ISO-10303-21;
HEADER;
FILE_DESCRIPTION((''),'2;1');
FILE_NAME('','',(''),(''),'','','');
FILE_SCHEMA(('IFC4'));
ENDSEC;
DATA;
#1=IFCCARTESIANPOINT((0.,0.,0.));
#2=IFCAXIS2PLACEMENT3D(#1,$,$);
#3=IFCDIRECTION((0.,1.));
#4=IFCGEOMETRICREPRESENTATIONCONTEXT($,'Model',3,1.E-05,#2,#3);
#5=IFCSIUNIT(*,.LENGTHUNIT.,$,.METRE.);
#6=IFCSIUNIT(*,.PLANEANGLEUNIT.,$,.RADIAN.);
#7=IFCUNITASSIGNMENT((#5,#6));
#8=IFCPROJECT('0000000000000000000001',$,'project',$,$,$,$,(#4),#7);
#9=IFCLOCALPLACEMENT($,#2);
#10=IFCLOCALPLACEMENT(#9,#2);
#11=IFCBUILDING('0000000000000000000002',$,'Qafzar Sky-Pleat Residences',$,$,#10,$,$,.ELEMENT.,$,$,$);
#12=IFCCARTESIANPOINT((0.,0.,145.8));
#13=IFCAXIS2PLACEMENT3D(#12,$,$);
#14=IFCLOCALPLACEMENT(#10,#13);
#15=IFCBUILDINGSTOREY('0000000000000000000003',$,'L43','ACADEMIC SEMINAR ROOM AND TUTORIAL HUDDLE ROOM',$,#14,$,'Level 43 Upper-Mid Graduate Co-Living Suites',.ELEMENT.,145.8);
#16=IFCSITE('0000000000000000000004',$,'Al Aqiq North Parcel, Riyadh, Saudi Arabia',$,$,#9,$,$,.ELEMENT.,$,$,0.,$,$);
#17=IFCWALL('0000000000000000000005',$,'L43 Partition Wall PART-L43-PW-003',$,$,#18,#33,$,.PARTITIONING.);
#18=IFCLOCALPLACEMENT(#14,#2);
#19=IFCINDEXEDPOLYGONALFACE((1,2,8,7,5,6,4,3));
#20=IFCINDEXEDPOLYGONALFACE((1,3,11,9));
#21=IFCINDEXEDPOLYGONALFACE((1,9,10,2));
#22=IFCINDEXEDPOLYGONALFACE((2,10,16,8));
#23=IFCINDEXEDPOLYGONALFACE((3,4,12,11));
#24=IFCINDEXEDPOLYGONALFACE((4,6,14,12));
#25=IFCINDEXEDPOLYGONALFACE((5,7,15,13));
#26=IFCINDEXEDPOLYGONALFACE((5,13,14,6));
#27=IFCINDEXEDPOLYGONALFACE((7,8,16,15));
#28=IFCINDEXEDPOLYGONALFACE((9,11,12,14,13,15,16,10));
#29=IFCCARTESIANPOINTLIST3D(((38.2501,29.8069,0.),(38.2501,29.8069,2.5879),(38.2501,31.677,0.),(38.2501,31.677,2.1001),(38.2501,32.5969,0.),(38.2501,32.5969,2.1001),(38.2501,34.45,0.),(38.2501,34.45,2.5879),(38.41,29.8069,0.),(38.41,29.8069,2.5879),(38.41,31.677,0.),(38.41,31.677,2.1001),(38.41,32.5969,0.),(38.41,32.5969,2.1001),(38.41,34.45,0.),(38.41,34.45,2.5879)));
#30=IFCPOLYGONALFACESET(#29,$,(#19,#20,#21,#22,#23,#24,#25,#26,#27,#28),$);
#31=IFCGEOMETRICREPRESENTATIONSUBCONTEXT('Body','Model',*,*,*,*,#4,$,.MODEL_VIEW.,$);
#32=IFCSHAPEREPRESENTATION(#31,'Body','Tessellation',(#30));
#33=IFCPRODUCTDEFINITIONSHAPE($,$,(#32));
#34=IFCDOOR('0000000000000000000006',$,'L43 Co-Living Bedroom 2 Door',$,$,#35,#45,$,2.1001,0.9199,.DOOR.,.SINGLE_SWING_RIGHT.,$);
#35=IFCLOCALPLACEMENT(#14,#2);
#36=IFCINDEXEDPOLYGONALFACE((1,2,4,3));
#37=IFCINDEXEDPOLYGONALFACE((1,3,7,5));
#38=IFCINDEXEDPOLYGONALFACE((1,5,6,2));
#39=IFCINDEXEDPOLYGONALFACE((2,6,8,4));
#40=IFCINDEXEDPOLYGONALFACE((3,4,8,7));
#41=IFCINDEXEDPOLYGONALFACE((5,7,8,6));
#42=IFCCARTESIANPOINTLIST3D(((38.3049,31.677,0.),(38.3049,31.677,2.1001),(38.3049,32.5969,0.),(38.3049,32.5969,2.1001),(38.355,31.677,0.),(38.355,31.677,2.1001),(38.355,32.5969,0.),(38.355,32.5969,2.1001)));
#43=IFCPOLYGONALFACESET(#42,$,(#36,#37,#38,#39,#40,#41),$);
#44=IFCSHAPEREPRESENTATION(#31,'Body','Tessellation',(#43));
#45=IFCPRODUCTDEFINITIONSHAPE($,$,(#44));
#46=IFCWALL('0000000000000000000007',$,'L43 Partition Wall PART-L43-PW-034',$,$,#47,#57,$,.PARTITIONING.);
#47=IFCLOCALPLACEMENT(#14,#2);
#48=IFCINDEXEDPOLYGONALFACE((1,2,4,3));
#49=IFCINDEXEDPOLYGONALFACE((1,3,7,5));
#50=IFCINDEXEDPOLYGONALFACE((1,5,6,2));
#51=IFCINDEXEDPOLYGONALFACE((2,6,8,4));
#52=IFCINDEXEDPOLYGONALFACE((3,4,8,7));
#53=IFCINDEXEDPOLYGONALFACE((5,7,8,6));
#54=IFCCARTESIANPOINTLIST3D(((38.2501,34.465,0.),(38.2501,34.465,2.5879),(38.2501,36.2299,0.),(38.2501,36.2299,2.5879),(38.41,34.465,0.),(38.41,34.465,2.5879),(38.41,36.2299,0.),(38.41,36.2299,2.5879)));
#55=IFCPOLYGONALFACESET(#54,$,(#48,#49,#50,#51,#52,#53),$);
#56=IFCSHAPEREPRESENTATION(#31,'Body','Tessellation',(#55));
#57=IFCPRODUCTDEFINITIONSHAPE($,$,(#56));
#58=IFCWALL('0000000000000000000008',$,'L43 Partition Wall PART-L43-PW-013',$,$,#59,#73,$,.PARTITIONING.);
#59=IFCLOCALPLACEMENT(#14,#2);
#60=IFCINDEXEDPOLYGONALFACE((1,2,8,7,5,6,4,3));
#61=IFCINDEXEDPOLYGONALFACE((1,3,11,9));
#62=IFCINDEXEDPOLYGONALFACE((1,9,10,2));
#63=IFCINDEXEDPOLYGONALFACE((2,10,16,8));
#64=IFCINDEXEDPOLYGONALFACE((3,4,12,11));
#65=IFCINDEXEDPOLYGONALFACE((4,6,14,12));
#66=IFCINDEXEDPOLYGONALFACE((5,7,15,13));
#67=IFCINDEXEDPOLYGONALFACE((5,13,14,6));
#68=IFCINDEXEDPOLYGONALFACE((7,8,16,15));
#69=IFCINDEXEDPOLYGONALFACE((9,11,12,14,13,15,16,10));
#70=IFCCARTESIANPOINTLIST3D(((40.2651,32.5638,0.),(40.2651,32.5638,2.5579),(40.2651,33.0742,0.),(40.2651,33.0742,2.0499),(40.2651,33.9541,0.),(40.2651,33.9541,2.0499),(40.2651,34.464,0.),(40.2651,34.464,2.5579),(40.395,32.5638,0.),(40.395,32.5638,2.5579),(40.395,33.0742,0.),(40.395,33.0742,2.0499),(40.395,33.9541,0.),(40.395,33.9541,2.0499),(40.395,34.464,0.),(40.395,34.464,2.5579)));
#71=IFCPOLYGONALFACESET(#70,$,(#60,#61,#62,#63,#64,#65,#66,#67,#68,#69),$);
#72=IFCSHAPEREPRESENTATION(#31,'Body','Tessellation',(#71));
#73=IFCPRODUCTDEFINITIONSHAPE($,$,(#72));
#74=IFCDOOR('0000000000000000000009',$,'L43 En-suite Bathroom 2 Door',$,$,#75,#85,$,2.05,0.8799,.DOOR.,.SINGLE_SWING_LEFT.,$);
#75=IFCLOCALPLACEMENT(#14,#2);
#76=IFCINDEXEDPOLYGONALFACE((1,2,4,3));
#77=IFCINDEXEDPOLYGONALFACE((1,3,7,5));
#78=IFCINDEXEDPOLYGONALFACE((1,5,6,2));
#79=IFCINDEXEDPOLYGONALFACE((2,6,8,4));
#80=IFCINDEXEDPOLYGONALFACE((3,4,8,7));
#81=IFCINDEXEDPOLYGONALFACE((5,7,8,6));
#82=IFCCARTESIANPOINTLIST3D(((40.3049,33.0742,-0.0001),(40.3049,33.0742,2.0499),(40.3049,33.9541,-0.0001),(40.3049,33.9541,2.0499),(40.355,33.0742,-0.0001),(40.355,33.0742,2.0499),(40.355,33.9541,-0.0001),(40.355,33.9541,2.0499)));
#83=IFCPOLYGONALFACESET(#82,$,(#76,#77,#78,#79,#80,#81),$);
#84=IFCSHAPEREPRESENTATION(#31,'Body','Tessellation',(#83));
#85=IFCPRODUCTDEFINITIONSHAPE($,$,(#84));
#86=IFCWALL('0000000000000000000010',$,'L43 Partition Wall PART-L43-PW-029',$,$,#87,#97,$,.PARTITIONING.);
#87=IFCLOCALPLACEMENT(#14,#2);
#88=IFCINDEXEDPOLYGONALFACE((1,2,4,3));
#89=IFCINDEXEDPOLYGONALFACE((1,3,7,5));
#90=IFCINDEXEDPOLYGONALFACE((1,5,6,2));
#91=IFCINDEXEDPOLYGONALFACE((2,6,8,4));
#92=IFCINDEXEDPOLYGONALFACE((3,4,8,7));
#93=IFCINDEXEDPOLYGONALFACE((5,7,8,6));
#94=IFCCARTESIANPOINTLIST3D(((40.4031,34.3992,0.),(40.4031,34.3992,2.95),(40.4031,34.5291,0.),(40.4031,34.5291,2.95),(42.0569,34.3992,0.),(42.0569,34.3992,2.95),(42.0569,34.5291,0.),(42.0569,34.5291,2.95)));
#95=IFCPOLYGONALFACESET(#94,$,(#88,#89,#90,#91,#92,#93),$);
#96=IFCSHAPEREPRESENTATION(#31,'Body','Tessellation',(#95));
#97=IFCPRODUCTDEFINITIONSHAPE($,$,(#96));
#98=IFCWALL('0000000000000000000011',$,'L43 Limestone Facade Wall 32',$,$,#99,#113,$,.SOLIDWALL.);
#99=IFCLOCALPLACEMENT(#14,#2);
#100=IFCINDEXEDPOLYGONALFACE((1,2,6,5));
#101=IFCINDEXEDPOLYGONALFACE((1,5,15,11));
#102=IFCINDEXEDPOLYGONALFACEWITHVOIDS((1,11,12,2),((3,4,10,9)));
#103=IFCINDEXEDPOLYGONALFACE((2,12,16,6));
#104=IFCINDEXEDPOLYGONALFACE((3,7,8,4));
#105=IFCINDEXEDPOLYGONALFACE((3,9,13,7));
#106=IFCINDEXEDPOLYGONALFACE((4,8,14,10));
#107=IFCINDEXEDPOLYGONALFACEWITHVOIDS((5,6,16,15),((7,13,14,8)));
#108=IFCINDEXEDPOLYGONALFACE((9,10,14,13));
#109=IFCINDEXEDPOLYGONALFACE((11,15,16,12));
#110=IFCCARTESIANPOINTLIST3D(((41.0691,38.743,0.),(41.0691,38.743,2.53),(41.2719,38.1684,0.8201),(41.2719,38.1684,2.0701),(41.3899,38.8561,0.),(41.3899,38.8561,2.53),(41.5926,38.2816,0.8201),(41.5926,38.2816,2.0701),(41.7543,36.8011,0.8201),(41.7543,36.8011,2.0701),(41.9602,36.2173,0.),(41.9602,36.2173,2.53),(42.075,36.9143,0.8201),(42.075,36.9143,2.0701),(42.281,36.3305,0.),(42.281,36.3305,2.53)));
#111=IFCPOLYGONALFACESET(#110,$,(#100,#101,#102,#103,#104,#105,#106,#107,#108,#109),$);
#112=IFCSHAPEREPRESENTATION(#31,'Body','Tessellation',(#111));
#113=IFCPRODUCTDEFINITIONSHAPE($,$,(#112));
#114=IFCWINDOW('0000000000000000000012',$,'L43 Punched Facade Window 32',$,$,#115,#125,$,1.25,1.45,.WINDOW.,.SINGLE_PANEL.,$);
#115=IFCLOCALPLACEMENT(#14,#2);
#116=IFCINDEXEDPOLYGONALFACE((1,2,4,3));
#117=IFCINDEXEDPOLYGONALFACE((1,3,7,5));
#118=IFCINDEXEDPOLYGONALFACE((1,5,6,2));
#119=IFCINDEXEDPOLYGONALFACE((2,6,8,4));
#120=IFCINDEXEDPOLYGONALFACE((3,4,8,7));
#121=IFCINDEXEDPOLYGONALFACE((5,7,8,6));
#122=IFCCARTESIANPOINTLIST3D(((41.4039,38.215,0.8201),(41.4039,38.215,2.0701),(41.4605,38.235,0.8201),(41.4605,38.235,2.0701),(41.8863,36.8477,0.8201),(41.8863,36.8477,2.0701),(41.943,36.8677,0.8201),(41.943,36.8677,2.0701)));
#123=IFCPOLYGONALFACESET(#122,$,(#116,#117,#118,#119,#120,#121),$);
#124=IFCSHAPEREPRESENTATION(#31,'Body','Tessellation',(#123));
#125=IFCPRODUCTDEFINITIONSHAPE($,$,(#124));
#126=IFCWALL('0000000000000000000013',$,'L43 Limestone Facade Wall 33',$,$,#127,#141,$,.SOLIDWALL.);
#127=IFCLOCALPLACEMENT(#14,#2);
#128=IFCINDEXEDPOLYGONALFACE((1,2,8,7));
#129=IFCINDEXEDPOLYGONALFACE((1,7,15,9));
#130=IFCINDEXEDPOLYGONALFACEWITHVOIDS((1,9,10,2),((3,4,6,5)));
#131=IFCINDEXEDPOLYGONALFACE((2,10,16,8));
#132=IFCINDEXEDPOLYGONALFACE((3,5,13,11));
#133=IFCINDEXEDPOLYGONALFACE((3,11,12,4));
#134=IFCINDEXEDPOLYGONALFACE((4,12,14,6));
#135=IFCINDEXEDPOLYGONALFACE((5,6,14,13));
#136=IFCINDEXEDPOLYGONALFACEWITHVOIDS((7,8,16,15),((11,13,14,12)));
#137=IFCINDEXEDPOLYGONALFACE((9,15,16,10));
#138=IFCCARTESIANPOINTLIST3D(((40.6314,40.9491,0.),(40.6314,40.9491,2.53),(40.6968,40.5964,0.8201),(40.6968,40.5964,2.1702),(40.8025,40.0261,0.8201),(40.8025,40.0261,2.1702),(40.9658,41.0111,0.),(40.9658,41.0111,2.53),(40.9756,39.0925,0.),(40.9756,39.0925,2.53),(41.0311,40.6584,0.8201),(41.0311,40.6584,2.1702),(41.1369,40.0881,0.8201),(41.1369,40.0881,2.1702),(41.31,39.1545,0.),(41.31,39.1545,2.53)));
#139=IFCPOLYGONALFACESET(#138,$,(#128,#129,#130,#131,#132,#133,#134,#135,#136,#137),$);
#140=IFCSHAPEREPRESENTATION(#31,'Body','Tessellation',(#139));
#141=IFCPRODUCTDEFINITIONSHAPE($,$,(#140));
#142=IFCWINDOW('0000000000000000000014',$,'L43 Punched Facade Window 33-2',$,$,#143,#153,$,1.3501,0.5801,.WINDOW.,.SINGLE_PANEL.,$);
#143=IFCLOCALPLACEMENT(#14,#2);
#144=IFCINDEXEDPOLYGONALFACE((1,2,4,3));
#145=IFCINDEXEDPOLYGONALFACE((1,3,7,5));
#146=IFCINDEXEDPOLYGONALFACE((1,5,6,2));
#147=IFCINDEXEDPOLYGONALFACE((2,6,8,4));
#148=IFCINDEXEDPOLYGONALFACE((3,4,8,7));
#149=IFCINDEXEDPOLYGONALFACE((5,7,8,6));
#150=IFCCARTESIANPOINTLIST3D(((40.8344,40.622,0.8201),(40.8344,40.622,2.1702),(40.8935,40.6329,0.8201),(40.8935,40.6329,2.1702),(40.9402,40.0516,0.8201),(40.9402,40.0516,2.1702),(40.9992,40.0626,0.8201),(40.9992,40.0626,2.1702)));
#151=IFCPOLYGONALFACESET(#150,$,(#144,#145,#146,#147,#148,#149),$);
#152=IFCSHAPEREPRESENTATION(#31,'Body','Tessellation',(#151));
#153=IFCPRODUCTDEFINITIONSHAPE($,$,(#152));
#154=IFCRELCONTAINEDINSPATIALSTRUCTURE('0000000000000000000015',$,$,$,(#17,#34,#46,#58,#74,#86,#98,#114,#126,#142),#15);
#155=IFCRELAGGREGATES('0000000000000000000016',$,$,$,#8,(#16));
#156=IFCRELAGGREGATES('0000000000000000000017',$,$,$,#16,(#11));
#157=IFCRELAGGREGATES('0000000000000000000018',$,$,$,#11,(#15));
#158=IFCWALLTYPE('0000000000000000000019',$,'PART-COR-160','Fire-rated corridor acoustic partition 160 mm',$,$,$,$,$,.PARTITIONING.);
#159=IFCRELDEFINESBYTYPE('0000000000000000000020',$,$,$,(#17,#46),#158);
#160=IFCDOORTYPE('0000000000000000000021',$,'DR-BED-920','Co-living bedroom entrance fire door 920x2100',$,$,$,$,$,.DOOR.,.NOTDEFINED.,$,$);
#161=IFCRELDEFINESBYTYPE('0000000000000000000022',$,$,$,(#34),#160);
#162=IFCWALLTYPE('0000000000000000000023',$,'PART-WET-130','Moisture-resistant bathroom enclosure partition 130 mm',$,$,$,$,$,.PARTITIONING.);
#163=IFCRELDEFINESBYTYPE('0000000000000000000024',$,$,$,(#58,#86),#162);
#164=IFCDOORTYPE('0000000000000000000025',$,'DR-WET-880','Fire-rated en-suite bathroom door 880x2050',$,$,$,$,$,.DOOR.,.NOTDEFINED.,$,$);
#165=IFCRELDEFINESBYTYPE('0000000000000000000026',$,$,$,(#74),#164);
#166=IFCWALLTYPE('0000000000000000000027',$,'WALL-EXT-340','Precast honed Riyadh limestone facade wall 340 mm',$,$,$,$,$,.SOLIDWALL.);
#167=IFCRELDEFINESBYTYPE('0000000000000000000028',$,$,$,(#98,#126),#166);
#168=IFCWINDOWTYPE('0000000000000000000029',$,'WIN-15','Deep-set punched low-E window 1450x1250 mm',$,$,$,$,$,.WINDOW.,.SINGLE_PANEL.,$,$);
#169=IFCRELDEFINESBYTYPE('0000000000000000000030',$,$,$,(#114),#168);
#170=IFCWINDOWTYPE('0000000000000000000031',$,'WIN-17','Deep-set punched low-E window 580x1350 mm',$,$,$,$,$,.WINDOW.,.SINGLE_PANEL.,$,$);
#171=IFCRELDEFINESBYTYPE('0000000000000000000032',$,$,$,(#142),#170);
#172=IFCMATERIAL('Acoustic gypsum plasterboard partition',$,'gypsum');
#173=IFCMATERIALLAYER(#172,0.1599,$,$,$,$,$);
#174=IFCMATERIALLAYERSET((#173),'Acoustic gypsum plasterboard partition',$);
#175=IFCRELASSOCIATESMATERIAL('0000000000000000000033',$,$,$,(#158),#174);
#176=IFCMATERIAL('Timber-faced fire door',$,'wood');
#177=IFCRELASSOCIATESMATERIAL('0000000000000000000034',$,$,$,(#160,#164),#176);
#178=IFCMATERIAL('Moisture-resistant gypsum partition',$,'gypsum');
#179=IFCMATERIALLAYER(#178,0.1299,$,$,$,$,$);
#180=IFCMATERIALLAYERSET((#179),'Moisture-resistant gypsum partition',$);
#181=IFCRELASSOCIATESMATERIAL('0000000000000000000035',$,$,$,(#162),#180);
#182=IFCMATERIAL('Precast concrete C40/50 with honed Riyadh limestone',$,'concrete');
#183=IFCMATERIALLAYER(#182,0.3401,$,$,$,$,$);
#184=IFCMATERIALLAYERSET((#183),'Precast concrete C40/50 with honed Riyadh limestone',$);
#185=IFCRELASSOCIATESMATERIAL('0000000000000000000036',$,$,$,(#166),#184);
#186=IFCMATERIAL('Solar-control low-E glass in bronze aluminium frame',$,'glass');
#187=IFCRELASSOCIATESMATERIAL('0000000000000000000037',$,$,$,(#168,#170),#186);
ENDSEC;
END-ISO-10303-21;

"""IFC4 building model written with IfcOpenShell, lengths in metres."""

from ifc_helpers import new_model, si_unit, direction, frame, frame_2d, origin, place, context, subcontext, project, spatial, rectangle, extrude, source, transform, mapped, material, layer, layer_set, type_object, element, fill, save


model = new_model("IFC4")

# Units and contexts
model_context = context("Model", 3, precision=1e-05, world=origin(), true_north=direction((0.0, 1.0)))
body_context = subcontext(model_context, "Body", "Model", "MODEL_VIEW")
ifc_project = project(units=[si_unit("LENGTHUNIT", "METRE"), si_unit("PLANEANGLEUNIT", "RADIAN")], contexts=[model_context])

# Site, building, storey
site_placement = place(None, origin())
site = spatial("IfcSite", under=ifc_project, at=site_placement, Name="Al Aqiq North Parcel, Riyadh, Saudi Arabia", CompositionType="ELEMENT", RefElevation=0.0)
building_placement = place(site_placement, origin())
building = spatial("IfcBuilding", under=site, at=building_placement, Name="Qafzar Sky-Pleat Residences", CompositionType="ELEMENT")
storey_placement = place(building_placement, frame((0.0, 0.0, 145.8)))
storey = spatial("IfcBuildingStorey", under=building, at=storey_placement, Name="L43", Description="ACADEMIC SEMINAR ROOM AND TUTORIAL HUDDLE ROOM", LongName="Level 43 Upper-Mid Graduate Co-Living Suites", CompositionType="ELEMENT", Elevation=145.8)

# Wall, opening, door
ifc_material_1 = material(Name="Acoustic gypsum plasterboard partition", Category="gypsum")
ifc_layer_1 = layer(ifc_material_1, 0.1599)
ifc_layer_set_1 = layer_set([ifc_layer_1], Name="Acoustic gypsum plasterboard partition")
wall_type_1 = type_object("IfcWallType", Name="PART-COR-160", Description="Fire-rated corridor acoustic partition 160 mm", PredefinedType="PARTITIONING", material=ifc_layer_set_1)
wall_1_placement = place(storey_placement, frame((38.3301, 34.45, 0.0), z_axis=(0.0, 0.0, 1.0), x_axis=(0.0, -1.0, 0.0)))
wall_1 = element("IfcWall", 1, at=wall_1_placement, inside=storey, type_object=wall_type_1, Name="L43 Partition Wall PART-L43-PW-003", PredefinedType="PARTITIONING", context=body_context, shape_type="SweptSolid", body=[
    extrude(rectangle(XDim=4.6431, YDim=0.1599, at=frame_2d((2.3215, 0.0))), origin(), (0.0, 0.0, 1.0), 2.5879),
])
opening_1_placement = place(wall_1_placement, frame((1.853, 0.0, 0.0)))
opening_1 = element("IfcOpeningElement", 2, at=opening_1_placement, cuts=wall_1, PredefinedType="OPENING", context=body_context, shape_type="SweptSolid", body=[
    extrude(rectangle(XDim=0.9199, YDim=2.1001, at=frame_2d((0.46, 1.05))), frame((0.0, 0.0898, 0.0), z_axis=(0.0, -1.0, 0.0), x_axis=(1.0, 0.0, 0.0)), (0.0, 0.0, 1.0), 0.1799),
])
ifc_material_2 = material(Name="Timber-faced fire door", Category="wood")
door_type_1 = type_object("IfcDoorType", Name="DR-BED-920", Description="Co-living bedroom entrance fire door 920x2100", OperationType="NOTDEFINED", PredefinedType="DOOR", material=ifc_material_2)
shared_shape_1 = source(origin(), body_context, "Body", "SweptSolid", [
    extrude(rectangle(XDim=0.9199, YDim=2.1001, at=frame_2d((0.46, 1.05))), frame((0.0, 0.0249, 0.0), z_axis=(0.0, -1.0, 0.0), x_axis=(1.0, 0.0, 0.0)), (0.0, 0.0, 1.0), 0.05),
])
door_1_placement = place(opening_1_placement, origin())
door_1 = element("IfcDoor", 3, at=door_1_placement, inside=storey, type_object=door_type_1, Name="L43 Co-Living Bedroom 2 Door", OperationType="SINGLE_SWING_RIGHT", OverallHeight=2.1001, OverallWidth=0.9199, PredefinedType="DOOR", context=body_context, shape_type="MappedRepresentation", body=[
    mapped(shared_shape_1, transform((0.0, 0.0, 0.0), x_axis=(1.0, 0.0, 0.0), y_axis=(0.0, 1.0, 0.0), z_axis=(0.0, 0.0, 1.0), scale=1.0)),
])
fill(opening_1, door_1)

# Wall
wall_2_placement = place(storey_placement, frame((38.3301, 34.4651, 0.0), z_axis=(0.0, 0.0, 1.0), x_axis=(0.0, 1.0, 0.0)))
element("IfcWall", 4, at=wall_2_placement, inside=storey, type_object=wall_type_1, Name="L43 Partition Wall PART-L43-PW-034", PredefinedType="PARTITIONING", context=body_context, shape_type="SweptSolid", body=[
    extrude(rectangle(XDim=1.7649, YDim=0.1599, at=frame_2d((0.8823, 0.0))), origin(), (0.0, 0.0, 1.0), 2.5879),
])

# Wall, opening, door
ifc_material_3 = material(Name="Moisture-resistant gypsum partition", Category="gypsum")
ifc_layer_2 = layer(ifc_material_3, 0.1299)
ifc_layer_set_2 = layer_set([ifc_layer_2], Name="Moisture-resistant gypsum partition")
wall_type_2 = type_object("IfcWallType", Name="PART-WET-130", Description="Moisture-resistant bathroom enclosure partition 130 mm", PredefinedType="PARTITIONING", material=ifc_layer_set_2)
wall_3_placement = place(storey_placement, frame((40.3301, 34.4641, 0.0), z_axis=(0.0, 0.0, 1.0), x_axis=(0.0, -1.0, 0.0)))
wall_3 = element("IfcWall", 5, at=wall_3_placement, inside=storey, type_object=wall_type_2, Name="L43 Partition Wall PART-L43-PW-013", PredefinedType="PARTITIONING", context=body_context, shape_type="SweptSolid", body=[
    extrude(rectangle(XDim=1.9001, YDim=0.1299, at=frame_2d((0.9502, 0.0))), origin(), (0.0, 0.0, 1.0), 2.5579),
])
opening_2_placement = place(wall_3_placement, frame((0.51, 0.0, 0.0)))
opening_2 = element("IfcOpeningElement", 6, at=opening_2_placement, cuts=wall_3, PredefinedType="OPENING", context=body_context, shape_type="SweptSolid", body=[
    extrude(rectangle(XDim=0.8799, YDim=2.05, at=frame_2d((0.4399, 1.0249))), frame((0.0, 0.075, 0.0), z_axis=(0.0, -1.0, 0.0), x_axis=(1.0, 0.0, 0.0)), (0.0, 0.0, 1.0), 0.1499),
])
door_type_2 = type_object("IfcDoorType", Name="DR-WET-880", Description="Fire-rated en-suite bathroom door 880x2050", OperationType="NOTDEFINED", PredefinedType="DOOR", material=ifc_material_2)
shared_shape_2 = source(origin(), body_context, "Body", "SweptSolid", [
    extrude(rectangle(XDim=0.8799, YDim=2.05, at=frame_2d((0.4399, 1.0249))), frame((0.0, 0.0249, 0.0), z_axis=(0.0, -1.0, 0.0), x_axis=(1.0, 0.0, 0.0)), (0.0, 0.0, 1.0), 0.05),
])
door_2_placement = place(opening_2_placement, origin())
door_2 = element("IfcDoor", 7, at=door_2_placement, inside=storey, type_object=door_type_2, Name="L43 En-suite Bathroom 2 Door", OperationType="SINGLE_SWING_LEFT", OverallHeight=2.05, OverallWidth=0.8799, PredefinedType="DOOR", context=body_context, shape_type="MappedRepresentation", body=[
    mapped(shared_shape_2, transform((0.0, 0.0, 0.0), x_axis=(1.0, 0.0, 0.0), y_axis=(0.0, 1.0, 0.0), z_axis=(0.0, 0.0, 1.0), scale=1.0)),
])
fill(opening_2, door_2)

# Wall
wall_4_placement = place(storey_placement, frame((40.4031, 34.4641, 0.0), z_axis=(0.0, 0.0, 1.0), x_axis=(1.0, 0.0, 0.0)))
element("IfcWall", 8, at=wall_4_placement, inside=storey, type_object=wall_type_2, Name="L43 Partition Wall PART-L43-PW-029", PredefinedType="PARTITIONING", context=body_context, shape_type="SweptSolid", body=[
    extrude(rectangle(XDim=1.6538, YDim=0.1299, at=frame_2d((0.8269, 0.0))), origin(), (0.0, 0.0, 1.0), 2.95),
])

# Walls, openings, windows
ifc_material_4 = material(Name="Precast concrete C40/50 with honed Riyadh limestone", Category="concrete")
ifc_layer_3 = layer(ifc_material_4, 0.3401)
ifc_layer_set_3 = layer_set([ifc_layer_3], Name="Precast concrete C40/50 with honed Riyadh limestone")
wall_type_3 = type_object("IfcWallType", Name="WALL-EXT-340", Description="Precast honed Riyadh limestone facade wall 340 mm", PredefinedType="SOLIDWALL", material=ifc_layer_set_3)
wall_5_placement = place(storey_placement, frame((42.1206, 36.2739, 0.0), z_axis=(0.0, 0.0, 1.0), x_axis=(-0.332725, 0.943024, 0.0)))
wall_5 = element("IfcWall", 9, at=wall_5_placement, inside=storey, type_object=wall_type_3, Name="L43 Limestone Facade Wall 32", PredefinedType="SOLIDWALL", context=body_context, shape_type="SweptSolid", body=[
    extrude(rectangle(XDim=2.6782, YDim=0.3401, at=frame_2d((1.3391, 0.0))), origin(), (0.0, 0.0, 1.0), 2.53),
])
opening_3_placement = place(wall_5_placement, frame((0.6189, 0.0, 0.8201)))
opening_3 = element("IfcOpeningElement", 10, at=opening_3_placement, cuts=wall_5, PredefinedType="OPENING", context=body_context, shape_type="SweptSolid", body=[
    extrude(rectangle(XDim=1.45, YDim=1.25, at=frame_2d((0.7251, 0.625))), frame((0.0, 0.1802, 0.0), z_axis=(0.0, -1.0, 0.0), x_axis=(1.0, 0.0, 0.0)), (0.0, 0.0, 1.0), 0.3601),
])
ifc_material_5 = material(Name="Solar-control low-E glass in bronze aluminium frame", Category="glass")
window_type_1 = type_object("IfcWindowType", Name="WIN-15", Description="Deep-set punched low-E window 1450x1250 mm", PartitioningType="SINGLE_PANEL", PredefinedType="WINDOW", material=ifc_material_5)
shared_shape_3 = source(origin(), body_context, "Body", "SweptSolid", [
    extrude(rectangle(XDim=1.45, YDim=1.25, at=frame_2d((0.7251, 0.625))), frame((0.0, 0.03, 0.0), z_axis=(0.0, -1.0, 0.0), x_axis=(1.0, 0.0, 0.0)), (0.0, 0.0, 1.0), 0.0601),
])
window_1_placement = place(opening_3_placement, origin())
window_1 = element("IfcWindow", 11, at=window_1_placement, inside=storey, type_object=window_type_1, Name="L43 Punched Facade Window 32", OverallHeight=1.25, OverallWidth=1.45, PartitioningType="SINGLE_PANEL", PredefinedType="WINDOW", context=body_context, shape_type="MappedRepresentation", body=[
    mapped(shared_shape_3, transform((0.0, 0.0, 0.0), x_axis=(1.0, 0.0, 0.0), y_axis=(0.0, 1.0, 0.0), z_axis=(0.0, 0.0, 1.0), scale=1.0)),
])
fill(opening_3, window_1)
wall_6_placement = place(storey_placement, frame((41.1428, 39.1235, 0.0), z_axis=(0.0, 0.0, 1.0), x_axis=(-0.182321, 0.983239, 0.0)))
wall_6 = element("IfcWall", 12, at=wall_6_placement, inside=storey, type_object=wall_type_3, Name="L43 Limestone Facade Wall 33", PredefinedType="SOLIDWALL", context=body_context, shape_type="SweptSolid", body=[
    extrude(rectangle(XDim=1.8882, YDim=0.3401, at=frame_2d((0.9441, 0.0))), origin(), (0.0, 0.0, 1.0), 2.53),
])
opening_4_placement = place(wall_6_placement, frame((0.9495, 0.0, 0.8201)))
opening_4 = element("IfcOpeningElement", 13, at=opening_4_placement, cuts=wall_6, PredefinedType="OPENING", context=body_context, shape_type="SweptSolid", body=[
    extrude(rectangle(XDim=0.5801, YDim=1.3501, at=frame_2d((0.29, 0.675))), frame((0.0, 0.1802, 0.0), z_axis=(0.0, -1.0, 0.0), x_axis=(1.0, 0.0, 0.0)), (0.0, 0.0, 1.0), 0.3601),
])
window_type_2 = type_object("IfcWindowType", Name="WIN-17", Description="Deep-set punched low-E window 580x1350 mm", PartitioningType="SINGLE_PANEL", PredefinedType="WINDOW", material=ifc_material_5)
shared_shape_4 = source(origin(), body_context, "Body", "SweptSolid", [
    extrude(rectangle(XDim=0.5801, YDim=1.3501, at=frame_2d((0.29, 0.675))), frame((0.0, 0.03, 0.0), z_axis=(0.0, -1.0, 0.0), x_axis=(1.0, 0.0, 0.0)), (0.0, 0.0, 1.0), 0.0601),
])
window_2_placement = place(opening_4_placement, origin())
window_2 = element("IfcWindow", 14, at=window_2_placement, inside=storey, type_object=window_type_2, Name="L43 Punched Facade Window 33-2", OverallHeight=1.3501, OverallWidth=0.5801, PartitioningType="SINGLE_PANEL", PredefinedType="WINDOW", context=body_context, shape_type="MappedRepresentation", body=[
    mapped(shared_shape_4, transform((0.0, 0.0, 0.0), x_axis=(1.0, 0.0, 0.0), y_axis=(0.0, 1.0, 0.0), z_axis=(0.0, 0.0, 1.0), scale=1.0)),
])
fill(opening_4, window_2)

save(model, "model.ifc")
